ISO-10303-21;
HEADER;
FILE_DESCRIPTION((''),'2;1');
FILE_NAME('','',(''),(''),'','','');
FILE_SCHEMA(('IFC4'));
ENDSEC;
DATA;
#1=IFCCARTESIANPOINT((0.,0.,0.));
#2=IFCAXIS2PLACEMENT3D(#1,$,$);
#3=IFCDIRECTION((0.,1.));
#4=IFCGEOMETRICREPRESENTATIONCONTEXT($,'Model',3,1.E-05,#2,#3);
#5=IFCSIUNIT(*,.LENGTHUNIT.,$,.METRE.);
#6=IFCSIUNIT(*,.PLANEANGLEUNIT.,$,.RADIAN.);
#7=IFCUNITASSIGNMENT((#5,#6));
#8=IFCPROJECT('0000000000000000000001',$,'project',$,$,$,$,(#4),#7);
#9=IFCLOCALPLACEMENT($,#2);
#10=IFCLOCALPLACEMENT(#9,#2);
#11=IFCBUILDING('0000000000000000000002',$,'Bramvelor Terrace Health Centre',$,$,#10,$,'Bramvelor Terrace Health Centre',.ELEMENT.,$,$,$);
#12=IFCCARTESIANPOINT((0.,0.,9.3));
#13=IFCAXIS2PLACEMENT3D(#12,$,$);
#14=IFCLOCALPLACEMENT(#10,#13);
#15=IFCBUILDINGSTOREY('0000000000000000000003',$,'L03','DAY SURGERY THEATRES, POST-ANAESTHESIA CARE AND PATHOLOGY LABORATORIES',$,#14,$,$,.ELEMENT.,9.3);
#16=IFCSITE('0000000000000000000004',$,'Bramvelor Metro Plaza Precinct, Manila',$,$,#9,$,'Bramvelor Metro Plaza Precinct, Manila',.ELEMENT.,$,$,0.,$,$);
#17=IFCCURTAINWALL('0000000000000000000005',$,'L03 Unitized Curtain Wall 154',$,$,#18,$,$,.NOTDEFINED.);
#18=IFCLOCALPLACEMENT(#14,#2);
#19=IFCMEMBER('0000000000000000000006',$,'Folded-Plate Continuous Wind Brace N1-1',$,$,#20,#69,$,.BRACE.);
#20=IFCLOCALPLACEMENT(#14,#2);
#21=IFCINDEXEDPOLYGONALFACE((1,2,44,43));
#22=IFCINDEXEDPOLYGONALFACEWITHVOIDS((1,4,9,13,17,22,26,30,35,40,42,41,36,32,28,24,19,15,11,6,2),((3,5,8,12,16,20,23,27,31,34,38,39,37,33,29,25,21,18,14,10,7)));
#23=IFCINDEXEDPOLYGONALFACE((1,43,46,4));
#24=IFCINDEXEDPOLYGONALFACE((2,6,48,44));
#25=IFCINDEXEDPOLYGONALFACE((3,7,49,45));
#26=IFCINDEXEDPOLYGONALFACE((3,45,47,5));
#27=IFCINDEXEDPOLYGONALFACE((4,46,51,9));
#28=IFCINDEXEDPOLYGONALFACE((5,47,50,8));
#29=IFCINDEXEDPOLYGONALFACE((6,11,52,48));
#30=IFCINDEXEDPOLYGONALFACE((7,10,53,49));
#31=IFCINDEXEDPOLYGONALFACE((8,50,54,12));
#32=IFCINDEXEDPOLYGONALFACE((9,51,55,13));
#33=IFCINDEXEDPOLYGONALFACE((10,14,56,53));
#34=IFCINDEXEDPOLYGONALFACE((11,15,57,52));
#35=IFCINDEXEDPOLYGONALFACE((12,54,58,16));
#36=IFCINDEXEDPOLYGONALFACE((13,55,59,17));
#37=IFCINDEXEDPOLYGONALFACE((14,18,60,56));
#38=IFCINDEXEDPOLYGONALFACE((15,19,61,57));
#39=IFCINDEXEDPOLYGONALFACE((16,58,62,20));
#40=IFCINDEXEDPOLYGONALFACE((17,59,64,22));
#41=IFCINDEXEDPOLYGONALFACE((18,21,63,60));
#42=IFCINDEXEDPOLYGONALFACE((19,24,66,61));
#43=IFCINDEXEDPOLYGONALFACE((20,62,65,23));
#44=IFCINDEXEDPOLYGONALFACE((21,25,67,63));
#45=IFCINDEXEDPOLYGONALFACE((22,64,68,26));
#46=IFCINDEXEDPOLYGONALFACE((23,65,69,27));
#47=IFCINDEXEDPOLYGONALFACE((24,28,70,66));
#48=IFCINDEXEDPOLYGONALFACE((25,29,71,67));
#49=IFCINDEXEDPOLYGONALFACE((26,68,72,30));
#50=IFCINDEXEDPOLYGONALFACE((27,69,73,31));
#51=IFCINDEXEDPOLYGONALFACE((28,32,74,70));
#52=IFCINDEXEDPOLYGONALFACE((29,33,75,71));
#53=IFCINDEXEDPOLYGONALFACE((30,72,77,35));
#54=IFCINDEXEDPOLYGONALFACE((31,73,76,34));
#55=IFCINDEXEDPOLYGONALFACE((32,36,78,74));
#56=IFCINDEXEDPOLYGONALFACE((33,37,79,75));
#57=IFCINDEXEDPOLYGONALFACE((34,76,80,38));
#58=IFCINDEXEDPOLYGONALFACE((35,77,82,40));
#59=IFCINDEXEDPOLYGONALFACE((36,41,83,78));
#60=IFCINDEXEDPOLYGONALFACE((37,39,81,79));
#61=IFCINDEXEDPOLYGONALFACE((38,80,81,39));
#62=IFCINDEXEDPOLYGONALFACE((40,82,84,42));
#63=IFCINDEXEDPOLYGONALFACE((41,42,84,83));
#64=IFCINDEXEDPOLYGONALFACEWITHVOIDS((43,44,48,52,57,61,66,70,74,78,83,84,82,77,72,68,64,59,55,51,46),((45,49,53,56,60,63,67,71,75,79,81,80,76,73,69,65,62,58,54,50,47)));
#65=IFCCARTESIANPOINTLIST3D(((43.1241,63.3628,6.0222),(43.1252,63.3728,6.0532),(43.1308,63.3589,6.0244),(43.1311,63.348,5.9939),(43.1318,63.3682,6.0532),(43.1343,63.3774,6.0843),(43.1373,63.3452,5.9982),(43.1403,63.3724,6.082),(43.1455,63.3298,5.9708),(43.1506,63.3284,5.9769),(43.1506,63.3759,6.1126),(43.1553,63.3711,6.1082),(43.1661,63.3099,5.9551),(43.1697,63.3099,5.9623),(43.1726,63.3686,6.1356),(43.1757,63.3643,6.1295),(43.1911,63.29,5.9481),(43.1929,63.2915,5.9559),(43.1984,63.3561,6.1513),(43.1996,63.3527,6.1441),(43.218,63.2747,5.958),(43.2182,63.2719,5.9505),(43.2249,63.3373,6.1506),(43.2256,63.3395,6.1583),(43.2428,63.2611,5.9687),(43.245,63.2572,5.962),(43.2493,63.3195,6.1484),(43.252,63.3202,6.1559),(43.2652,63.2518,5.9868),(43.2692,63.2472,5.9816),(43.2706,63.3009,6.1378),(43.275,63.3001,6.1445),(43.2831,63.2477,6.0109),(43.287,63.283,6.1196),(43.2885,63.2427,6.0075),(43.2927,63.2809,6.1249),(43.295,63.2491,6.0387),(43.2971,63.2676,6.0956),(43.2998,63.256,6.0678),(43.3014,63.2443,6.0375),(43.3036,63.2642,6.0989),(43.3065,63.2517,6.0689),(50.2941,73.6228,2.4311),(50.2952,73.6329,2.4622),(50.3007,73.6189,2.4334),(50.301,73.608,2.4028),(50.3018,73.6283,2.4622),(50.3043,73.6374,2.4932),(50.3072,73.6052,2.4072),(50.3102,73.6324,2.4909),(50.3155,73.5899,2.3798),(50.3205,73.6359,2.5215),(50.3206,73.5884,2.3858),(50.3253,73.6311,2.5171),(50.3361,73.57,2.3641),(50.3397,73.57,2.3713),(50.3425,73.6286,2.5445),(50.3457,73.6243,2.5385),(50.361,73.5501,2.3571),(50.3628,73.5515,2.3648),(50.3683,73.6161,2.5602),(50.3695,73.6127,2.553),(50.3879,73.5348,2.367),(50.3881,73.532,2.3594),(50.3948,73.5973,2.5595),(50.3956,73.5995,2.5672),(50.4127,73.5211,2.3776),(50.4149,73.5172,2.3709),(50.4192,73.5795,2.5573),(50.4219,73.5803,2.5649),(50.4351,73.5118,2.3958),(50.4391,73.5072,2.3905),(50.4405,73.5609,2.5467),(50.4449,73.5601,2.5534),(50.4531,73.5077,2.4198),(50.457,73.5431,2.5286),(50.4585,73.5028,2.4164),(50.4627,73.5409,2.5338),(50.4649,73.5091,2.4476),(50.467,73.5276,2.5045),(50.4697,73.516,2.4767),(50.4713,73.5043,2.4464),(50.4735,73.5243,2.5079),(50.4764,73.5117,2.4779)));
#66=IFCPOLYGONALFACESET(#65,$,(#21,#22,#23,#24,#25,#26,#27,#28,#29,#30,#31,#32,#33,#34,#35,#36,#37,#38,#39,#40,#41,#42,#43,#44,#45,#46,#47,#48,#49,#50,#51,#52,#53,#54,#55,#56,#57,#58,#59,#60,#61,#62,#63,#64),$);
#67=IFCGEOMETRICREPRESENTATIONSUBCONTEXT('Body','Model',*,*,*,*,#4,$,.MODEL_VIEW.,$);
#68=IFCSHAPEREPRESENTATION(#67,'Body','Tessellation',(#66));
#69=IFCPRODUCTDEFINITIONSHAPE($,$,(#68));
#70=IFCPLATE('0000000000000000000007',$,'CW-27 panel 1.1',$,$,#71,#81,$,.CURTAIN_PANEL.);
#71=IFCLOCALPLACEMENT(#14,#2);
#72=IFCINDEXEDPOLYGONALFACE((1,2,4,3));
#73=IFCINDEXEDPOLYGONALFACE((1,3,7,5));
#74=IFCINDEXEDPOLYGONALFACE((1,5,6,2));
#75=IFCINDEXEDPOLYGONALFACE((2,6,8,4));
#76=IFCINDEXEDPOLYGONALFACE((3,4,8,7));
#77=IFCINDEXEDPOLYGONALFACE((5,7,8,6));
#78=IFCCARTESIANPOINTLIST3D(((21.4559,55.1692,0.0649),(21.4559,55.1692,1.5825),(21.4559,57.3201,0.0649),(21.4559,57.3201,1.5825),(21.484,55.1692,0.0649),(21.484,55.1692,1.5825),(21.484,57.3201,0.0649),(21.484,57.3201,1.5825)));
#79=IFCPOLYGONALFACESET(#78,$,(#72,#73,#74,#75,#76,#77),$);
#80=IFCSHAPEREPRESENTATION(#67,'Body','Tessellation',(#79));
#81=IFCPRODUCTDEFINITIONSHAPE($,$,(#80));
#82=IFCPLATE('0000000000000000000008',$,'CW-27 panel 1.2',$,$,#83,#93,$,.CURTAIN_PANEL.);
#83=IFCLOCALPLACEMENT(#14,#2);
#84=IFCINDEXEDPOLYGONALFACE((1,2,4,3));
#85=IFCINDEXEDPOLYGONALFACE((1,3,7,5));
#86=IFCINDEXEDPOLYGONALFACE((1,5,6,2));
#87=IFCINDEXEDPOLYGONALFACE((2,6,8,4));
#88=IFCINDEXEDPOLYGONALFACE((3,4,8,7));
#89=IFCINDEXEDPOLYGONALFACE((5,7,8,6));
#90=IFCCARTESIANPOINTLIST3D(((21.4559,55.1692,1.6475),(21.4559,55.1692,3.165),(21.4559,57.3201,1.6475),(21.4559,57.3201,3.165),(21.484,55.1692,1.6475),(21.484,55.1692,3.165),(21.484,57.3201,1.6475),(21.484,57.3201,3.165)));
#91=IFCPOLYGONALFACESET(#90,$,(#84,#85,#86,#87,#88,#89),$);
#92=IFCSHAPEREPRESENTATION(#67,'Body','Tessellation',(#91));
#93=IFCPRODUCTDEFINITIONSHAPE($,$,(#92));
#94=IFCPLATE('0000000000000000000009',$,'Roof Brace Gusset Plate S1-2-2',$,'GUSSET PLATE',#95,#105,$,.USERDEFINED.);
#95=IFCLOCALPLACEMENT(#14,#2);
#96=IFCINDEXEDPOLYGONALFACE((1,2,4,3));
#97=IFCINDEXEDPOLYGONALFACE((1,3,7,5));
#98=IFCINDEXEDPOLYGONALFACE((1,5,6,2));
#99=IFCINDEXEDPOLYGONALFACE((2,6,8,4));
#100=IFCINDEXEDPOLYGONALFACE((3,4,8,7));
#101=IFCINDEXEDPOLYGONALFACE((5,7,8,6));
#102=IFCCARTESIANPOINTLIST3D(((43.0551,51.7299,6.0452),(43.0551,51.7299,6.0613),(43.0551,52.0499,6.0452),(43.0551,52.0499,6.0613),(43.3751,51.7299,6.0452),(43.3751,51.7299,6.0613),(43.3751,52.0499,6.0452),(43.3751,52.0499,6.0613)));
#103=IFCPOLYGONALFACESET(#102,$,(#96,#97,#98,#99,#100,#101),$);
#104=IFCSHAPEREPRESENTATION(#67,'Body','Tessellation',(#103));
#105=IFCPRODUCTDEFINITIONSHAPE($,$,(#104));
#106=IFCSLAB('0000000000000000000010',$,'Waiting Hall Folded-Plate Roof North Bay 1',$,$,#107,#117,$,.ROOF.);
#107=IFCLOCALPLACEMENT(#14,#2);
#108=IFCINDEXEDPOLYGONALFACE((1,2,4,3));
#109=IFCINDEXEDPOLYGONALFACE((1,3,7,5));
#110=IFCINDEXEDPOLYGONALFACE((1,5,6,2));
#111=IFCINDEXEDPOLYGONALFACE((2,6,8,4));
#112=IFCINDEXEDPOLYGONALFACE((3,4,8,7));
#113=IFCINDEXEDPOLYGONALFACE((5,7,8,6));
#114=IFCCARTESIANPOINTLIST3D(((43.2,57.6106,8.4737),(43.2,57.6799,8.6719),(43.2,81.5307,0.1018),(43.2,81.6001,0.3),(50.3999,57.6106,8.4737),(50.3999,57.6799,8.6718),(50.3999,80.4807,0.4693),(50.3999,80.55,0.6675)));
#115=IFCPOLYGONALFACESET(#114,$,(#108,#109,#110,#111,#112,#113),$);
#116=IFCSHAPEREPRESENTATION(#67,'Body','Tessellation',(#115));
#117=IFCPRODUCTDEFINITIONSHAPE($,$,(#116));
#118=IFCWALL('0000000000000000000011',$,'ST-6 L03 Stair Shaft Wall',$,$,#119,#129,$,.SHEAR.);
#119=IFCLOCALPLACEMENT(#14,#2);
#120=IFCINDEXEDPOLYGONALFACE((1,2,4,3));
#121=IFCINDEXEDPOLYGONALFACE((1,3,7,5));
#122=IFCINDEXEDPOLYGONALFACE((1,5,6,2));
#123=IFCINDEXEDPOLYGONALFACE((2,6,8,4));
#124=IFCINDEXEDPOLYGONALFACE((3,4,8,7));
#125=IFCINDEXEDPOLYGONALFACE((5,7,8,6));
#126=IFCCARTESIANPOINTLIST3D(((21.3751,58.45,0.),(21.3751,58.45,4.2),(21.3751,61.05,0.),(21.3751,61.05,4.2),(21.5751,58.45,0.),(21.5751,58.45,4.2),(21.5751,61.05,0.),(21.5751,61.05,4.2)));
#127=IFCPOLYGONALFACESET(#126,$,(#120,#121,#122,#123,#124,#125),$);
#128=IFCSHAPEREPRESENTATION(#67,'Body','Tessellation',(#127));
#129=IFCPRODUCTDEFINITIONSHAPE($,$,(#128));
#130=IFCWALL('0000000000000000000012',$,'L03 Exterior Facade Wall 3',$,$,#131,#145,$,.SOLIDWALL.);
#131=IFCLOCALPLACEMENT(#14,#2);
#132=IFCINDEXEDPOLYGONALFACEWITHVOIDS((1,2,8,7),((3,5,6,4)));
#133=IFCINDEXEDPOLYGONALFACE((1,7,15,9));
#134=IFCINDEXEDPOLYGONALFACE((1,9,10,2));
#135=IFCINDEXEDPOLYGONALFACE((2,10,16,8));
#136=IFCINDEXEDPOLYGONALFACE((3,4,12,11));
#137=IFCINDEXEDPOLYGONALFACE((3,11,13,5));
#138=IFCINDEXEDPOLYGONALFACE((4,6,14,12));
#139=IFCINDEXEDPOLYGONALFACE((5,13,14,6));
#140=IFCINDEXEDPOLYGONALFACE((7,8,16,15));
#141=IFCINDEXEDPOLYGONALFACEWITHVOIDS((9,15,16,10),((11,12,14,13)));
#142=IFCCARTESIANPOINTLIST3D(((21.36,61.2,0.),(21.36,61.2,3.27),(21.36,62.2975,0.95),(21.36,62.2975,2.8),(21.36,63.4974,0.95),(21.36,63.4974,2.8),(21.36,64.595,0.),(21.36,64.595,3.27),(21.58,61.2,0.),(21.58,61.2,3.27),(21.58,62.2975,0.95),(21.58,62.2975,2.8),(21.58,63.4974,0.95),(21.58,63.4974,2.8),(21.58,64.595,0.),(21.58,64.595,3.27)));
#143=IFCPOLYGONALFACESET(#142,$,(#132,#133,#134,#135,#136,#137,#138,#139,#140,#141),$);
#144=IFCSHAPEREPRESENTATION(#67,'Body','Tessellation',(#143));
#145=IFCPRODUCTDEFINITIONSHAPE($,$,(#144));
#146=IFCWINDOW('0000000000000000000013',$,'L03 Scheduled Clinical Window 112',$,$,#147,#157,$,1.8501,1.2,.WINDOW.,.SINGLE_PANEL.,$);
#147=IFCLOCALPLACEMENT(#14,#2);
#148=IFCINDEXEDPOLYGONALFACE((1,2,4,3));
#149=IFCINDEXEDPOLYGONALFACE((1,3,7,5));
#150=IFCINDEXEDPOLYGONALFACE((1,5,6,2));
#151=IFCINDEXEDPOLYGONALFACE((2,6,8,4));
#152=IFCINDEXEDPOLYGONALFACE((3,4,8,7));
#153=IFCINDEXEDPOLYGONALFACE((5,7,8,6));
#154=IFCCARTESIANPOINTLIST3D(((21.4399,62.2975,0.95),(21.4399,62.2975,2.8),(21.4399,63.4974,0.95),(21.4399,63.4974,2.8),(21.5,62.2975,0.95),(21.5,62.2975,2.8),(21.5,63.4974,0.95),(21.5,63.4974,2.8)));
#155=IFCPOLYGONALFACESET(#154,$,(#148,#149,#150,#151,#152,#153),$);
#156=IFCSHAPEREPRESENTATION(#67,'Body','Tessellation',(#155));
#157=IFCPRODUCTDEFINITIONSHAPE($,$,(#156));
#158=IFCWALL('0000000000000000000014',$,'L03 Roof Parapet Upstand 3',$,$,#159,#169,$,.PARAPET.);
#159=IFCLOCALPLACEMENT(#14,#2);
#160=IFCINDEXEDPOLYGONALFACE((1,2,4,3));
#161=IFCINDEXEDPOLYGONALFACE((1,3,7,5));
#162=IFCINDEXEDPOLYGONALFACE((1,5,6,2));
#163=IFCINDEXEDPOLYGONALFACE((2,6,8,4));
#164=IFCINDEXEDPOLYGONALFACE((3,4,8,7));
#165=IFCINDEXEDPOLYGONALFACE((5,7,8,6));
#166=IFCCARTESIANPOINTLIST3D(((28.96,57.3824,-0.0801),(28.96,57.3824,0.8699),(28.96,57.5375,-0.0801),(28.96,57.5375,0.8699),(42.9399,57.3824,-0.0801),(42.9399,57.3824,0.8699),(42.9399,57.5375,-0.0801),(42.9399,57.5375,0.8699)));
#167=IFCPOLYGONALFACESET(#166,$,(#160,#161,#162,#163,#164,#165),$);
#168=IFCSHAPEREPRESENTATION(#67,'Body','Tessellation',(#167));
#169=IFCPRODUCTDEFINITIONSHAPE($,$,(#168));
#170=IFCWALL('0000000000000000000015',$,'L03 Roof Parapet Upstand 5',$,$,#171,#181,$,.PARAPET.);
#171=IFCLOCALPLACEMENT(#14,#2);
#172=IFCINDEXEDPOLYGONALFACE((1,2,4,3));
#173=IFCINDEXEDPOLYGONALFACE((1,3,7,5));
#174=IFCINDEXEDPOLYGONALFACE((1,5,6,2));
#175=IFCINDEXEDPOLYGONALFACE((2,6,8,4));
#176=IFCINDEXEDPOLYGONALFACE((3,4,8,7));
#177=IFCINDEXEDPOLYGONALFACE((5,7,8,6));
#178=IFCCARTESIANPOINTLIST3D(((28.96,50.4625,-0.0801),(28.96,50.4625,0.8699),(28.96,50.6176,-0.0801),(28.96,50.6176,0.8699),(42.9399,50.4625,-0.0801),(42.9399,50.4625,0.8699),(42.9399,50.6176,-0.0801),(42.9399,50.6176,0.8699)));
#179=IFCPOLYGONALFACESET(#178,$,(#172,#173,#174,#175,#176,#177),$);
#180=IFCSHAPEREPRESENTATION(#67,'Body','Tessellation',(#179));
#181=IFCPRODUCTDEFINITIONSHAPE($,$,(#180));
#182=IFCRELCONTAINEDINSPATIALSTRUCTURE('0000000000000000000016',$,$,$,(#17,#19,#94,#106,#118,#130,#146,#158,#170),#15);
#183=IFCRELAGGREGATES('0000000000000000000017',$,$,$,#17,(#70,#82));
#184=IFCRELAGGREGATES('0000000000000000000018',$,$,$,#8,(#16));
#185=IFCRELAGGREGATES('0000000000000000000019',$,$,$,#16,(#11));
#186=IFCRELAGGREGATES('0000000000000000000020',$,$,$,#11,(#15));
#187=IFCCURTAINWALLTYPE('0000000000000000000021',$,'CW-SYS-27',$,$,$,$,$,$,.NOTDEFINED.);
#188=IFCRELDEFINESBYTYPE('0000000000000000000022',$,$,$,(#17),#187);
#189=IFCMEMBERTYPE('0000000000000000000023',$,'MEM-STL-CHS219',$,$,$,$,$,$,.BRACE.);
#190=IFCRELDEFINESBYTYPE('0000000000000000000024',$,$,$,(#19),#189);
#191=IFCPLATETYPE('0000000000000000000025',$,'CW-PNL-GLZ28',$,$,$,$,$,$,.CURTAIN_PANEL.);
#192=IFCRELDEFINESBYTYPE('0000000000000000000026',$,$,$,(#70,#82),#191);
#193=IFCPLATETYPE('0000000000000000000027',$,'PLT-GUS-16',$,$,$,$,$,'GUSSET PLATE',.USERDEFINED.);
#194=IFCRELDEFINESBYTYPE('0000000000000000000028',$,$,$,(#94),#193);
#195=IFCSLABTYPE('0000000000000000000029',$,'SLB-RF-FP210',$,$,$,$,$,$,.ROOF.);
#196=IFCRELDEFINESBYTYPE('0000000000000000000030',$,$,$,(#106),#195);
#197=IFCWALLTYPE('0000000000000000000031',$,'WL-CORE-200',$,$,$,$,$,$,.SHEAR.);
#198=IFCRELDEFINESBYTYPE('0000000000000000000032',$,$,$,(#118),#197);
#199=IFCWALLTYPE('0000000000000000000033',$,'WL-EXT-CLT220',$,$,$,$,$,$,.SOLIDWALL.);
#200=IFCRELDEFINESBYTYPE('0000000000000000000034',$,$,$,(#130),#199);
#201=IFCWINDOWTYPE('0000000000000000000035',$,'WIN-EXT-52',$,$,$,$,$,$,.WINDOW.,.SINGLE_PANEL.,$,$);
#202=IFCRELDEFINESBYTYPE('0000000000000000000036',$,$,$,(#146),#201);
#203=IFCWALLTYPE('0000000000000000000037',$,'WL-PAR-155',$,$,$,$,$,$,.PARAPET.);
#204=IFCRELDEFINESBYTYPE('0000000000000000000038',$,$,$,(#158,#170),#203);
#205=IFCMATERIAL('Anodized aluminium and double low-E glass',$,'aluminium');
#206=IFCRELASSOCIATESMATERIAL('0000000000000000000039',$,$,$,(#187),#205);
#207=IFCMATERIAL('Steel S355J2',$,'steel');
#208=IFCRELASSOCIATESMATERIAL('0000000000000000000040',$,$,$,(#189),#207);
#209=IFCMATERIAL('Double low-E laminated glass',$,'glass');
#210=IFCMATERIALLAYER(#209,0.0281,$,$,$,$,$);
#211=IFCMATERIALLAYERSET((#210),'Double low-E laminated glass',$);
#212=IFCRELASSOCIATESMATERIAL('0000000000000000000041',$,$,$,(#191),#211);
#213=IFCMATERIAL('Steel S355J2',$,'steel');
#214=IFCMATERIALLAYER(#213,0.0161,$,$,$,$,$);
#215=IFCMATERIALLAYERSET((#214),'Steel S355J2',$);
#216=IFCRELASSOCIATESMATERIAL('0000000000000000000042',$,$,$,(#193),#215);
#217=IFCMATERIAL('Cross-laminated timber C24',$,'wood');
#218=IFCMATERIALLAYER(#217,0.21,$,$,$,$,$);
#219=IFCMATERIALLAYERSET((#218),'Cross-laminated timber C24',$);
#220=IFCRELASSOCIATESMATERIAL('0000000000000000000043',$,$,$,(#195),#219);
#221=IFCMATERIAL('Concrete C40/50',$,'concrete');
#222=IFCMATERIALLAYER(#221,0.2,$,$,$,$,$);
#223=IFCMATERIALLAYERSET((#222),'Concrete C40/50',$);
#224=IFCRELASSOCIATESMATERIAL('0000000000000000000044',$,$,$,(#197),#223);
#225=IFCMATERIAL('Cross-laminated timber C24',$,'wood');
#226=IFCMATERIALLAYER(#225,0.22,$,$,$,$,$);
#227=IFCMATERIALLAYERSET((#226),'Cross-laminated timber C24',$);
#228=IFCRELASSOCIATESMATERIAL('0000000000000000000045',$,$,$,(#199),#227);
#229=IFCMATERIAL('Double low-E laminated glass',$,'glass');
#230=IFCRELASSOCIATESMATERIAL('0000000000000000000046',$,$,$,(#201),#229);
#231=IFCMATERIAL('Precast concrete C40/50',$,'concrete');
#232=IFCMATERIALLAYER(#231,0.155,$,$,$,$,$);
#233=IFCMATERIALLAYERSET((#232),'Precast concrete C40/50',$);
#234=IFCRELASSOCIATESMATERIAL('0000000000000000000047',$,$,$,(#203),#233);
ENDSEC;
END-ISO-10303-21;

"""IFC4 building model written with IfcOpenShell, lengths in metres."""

from ifc_helpers import new_model, si_unit, direction, frame, frame_2d, origin, origin_2d, place, context, subcontext, project, spatial, polyline, rectangle, hollow_circle, outline, extrude, material, layer, layer_set, material_profile, profile_set, type_object, element, fill, aggregate, save


model = new_model("IFC4")

# Units and contexts
model_context = context("Model", 3, precision=1e-05, world=origin(), true_north=direction((0.0, 1.0)))
body_context = subcontext(model_context, "Body", "Model", "MODEL_VIEW")
ifc_project = project(units=[si_unit("LENGTHUNIT", "METRE"), si_unit("PLANEANGLEUNIT", "RADIAN")], contexts=[model_context])

# Site, building, storey
site_placement = place(None, origin())
site = spatial("IfcSite", under=ifc_project, at=site_placement, Name="Bramvelor Metro Plaza Precinct, Manila", LongName="Bramvelor Metro Plaza Precinct, Manila", CompositionType="ELEMENT", RefElevation=0.0)
building_placement = place(site_placement, origin())
building = spatial("IfcBuilding", under=site, at=building_placement, Name="Bramvelor Terrace Health Centre", LongName="Bramvelor Terrace Health Centre", CompositionType="ELEMENT")
storey_placement = place(building_placement, frame((0.0, 0.0, 9.3)))
storey = spatial("IfcBuildingStorey", under=building, at=storey_placement, Name="L03", Description="DAY SURGERY THEATRES, POST-ANAESTHESIA CARE AND PATHOLOGY LABORATORIES", CompositionType="ELEMENT", Elevation=9.3)

# Curtain wall
ifc_material_1 = material(Name="Anodized aluminium and double low-E glass", Category="aluminium")
curtain_wall_type = type_object("IfcCurtainWallType", Name="CW-SYS-27", PredefinedType="NOTDEFINED", material=ifc_material_1)
curtain_wall_placement = place(storey_placement, origin())
curtain_wall = element("IfcCurtainWall", 1, at=curtain_wall_placement, inside=storey, type_object=curtain_wall_type, Name="L03 Unitized Curtain Wall 154", PredefinedType="NOTDEFINED")

# Member
ifc_material_2 = material(Name="Steel S355J2", Category="steel")
ifc_material_profile_1 = material_profile(ifc_material_2, hollow_circle(Radius=0.1096, WallThickness=0.0081, at=origin_2d()), Name="CHS 219.1x8.0")
ifc_profile_set_1 = profile_set([ifc_material_profile_1], Name="Steel S355J2")
member_type_1 = type_object("IfcMemberType", Name="MEM-STL-CHS219", PredefinedType="BRACE", material=ifc_profile_set_1)
member_1_placement = place(storey_placement, frame((43.2151, 63.3101, 6.0532), z_axis=(0.550603, 0.787901, -0.27577), x_axis=(-0.819685, 0.572814, 0.0)))
element("IfcMember", 2, at=member_1_placement, inside=storey, type_object=member_type_1, Name="Folded-Plate Continuous Wind Brace N1-1", PredefinedType="BRACE", context=body_context, shape_type="SweptSolid", body=[
    extrude(hollow_circle(Radius=0.1096, WallThickness=0.0081, at=origin_2d()), origin(), (0.0, 0.0, 1.0), 13.022),
])

# Plates
ifc_material_3 = material(Name="Double low-E laminated glass", Category="glass")
ifc_layer_1 = layer(ifc_material_3, 0.0281)
ifc_layer_set_1 = layer_set([ifc_layer_1], Name="Double low-E laminated glass")
plate_type_1 = type_object("IfcPlateType", Name="CW-PNL-GLZ28", PredefinedType="CURTAIN_PANEL", material=ifc_layer_set_1)
plate_1_placement = place(storey_placement, frame((21.47, 56.2446, 0.0649), z_axis=(0.0, 0.0, 1.0), x_axis=(0.0, -1.0, 0.0)))
plate_1 = element("IfcPlate", 3, at=plate_1_placement, type_object=plate_type_1, Name="CW-27 panel 1.1", PredefinedType="CURTAIN_PANEL", context=body_context, shape_type="SweptSolid", body=[
    extrude(rectangle(XDim=2.1509, YDim=0.0281, at=origin_2d()), origin(), (0.0, 0.0, 1.0), 1.5176),
])
plate_2_placement = place(storey_placement, frame((21.47, 56.2446, 1.6475), z_axis=(0.0, 0.0, 1.0), x_axis=(0.0, -1.0, 0.0)))
plate_2 = element("IfcPlate", 4, at=plate_2_placement, type_object=plate_type_1, Name="CW-27 panel 1.2", PredefinedType="CURTAIN_PANEL", context=body_context, shape_type="SweptSolid", body=[
    extrude(rectangle(XDim=2.1509, YDim=0.0281, at=origin_2d()), origin(), (0.0, 0.0, 1.0), 1.5176),
])
aggregate(curtain_wall, [plate_1, plate_2])
ifc_material_4 = material(Name="Steel S355J2", Category="steel")
ifc_layer_2 = layer(ifc_material_4, 0.0161)
ifc_layer_set_2 = layer_set([ifc_layer_2], Name="Steel S355J2")
plate_type_2 = type_object("IfcPlateType", Name="PLT-GUS-16", ElementType="GUSSET PLATE", PredefinedType="USERDEFINED", material=ifc_layer_set_2)
plate_3_placement = place(storey_placement, frame((43.2151, 51.8899, 6.0452), z_axis=(0.0, 0.0, 1.0), x_axis=(1.0, 0.0, 0.0)))
element("IfcPlate", 5, at=plate_3_placement, inside=storey, type_object=plate_type_2, Name="Roof Brace Gusset Plate S1-2-2", ObjectType="GUSSET PLATE", PredefinedType="USERDEFINED", context=body_context, shape_type="SweptSolid", body=[
    extrude(rectangle(XDim=0.3201, YDim=0.3201, at=origin_2d()), origin(), (0.0, 0.0, 1.0), 0.0161),
])

# Slab
ifc_material_5 = material(Name="Cross-laminated timber C24", Category="wood")
ifc_layer_3 = layer(ifc_material_5, 0.21)
ifc_layer_set_3 = layer_set([ifc_layer_3], Name="Cross-laminated timber C24")
slab_type = type_object("IfcSlabType", Name="SLB-RF-FP210", PredefinedType="ROOF", material=ifc_layer_set_3)
slab_placement = place(storey_placement, frame((43.2, 57.6799, 8.6719), z_axis=(0.000005, 0.330344, 0.943861), x_axis=(1.0, -0.000002, -0.000005)))
element("IfcSlab", 6, at=slab_placement, inside=storey, type_object=slab_type, Name="Waiting Hall Folded-Plate Roof North Bay 1", PredefinedType="ROOF", context=body_context, shape_type="SweptSolid", body=[
    extrude(outline(polyline([(0.0, 0.0), (7.2, 0.0), (7.2, 24.2304), (0.0, 25.3429), (0.0, 0.0)])), origin(), (0.0, 0.0, -1.0), 0.21),
])

# Wall
ifc_material_6 = material(Name="Concrete C40/50", Category="concrete")
ifc_layer_4 = layer(ifc_material_6, 0.2)
ifc_layer_set_4 = layer_set([ifc_layer_4], Name="Concrete C40/50")
wall_type_1 = type_object("IfcWallType", Name="WL-CORE-200", PredefinedType="SHEAR", material=ifc_layer_set_4)
wall_1_placement = place(storey_placement, frame((21.4751, 58.45, 0.0), z_axis=(0.0, 0.0, 1.0), x_axis=(0.0, 1.0, 0.0)))
element("IfcWall", 7, at=wall_1_placement, inside=storey, type_object=wall_type_1, Name="ST-6 L03 Stair Shaft Wall", PredefinedType="SHEAR", context=body_context, shape_type="SweptSolid", body=[
    extrude(rectangle(XDim=2.6001, YDim=0.2, at=frame_2d((1.3, 0.0))), origin(), (0.0, 0.0, 1.0), 4.2),
])

# Wall, opening, window
ifc_material_7 = material(Name="Cross-laminated timber C24", Category="wood")
ifc_layer_5 = layer(ifc_material_7, 0.22)
ifc_layer_set_5 = layer_set([ifc_layer_5], Name="Cross-laminated timber C24")
wall_type_2 = type_object("IfcWallType", Name="WL-EXT-CLT220", PredefinedType="SOLIDWALL", material=ifc_layer_set_5)
wall_2_placement = place(storey_placement, frame((21.47, 64.595, 0.0), z_axis=(0.0, 0.0, 1.0), x_axis=(0.0, -1.0, 0.0)))
wall_2 = element("IfcWall", 8, at=wall_2_placement, inside=storey, type_object=wall_type_2, Name="L03 Exterior Facade Wall 3", PredefinedType="SOLIDWALL", context=body_context, shape_type="SweptSolid", body=[
    extrude(rectangle(XDim=3.395, YDim=0.22, at=frame_2d((1.6975, 0.0))), origin(), (0.0, 0.0, 1.0), 3.27),
])
opening_placement = place(wall_2_placement, frame((1.0974, 0.0, 0.95)))
opening = element("IfcOpeningElement", 9, at=opening_placement, cuts=wall_2, PredefinedType="OPENING", context=body_context, shape_type="SweptSolid", body=[
    extrude(rectangle(XDim=1.2, YDim=1.8501, at=frame_2d((0.6001, 0.925))), frame((0.0, 0.1199, 0.0), z_axis=(0.0, -1.0, 0.0), x_axis=(1.0, 0.0, 0.0)), (0.0, 0.0, 1.0), 0.24),
])
ifc_material_8 = material(Name="Double low-E laminated glass", Category="glass")
window_type = type_object("IfcWindowType", Name="WIN-EXT-52", PartitioningType="SINGLE_PANEL", PredefinedType="WINDOW", material=ifc_material_8)
window_placement = place(opening_placement, origin())
window = element("IfcWindow", 10, at=window_placement, inside=storey, type_object=window_type, Name="L03 Scheduled Clinical Window 112", OverallHeight=1.8501, OverallWidth=1.2, PartitioningType="SINGLE_PANEL", PredefinedType="WINDOW", context=body_context, shape_type="SweptSolid", body=[
    extrude(rectangle(XDim=1.2, YDim=1.8501, at=frame_2d((0.6001, 0.925))), frame((0.0, 0.03, 0.0), z_axis=(0.0, -1.0, 0.0), x_axis=(1.0, 0.0, 0.0)), (0.0, 0.0, 1.0), 0.0601),
])
fill(opening, window)

# Walls
ifc_material_9 = material(Name="Precast concrete C40/50", Category="concrete")
ifc_layer_6 = layer(ifc_material_9, 0.155)
ifc_layer_set_6 = layer_set([ifc_layer_6], Name="Precast concrete C40/50")
wall_type_3 = type_object("IfcWallType", Name="WL-PAR-155", PredefinedType="PARAPET", material=ifc_layer_set_6)
for number, where, z_axis, x_axis, name in (
    (11, (28.96, 57.46, -0.0801), (0.0, 0.0, 1.0), (1.0, 0.0, 0.0), "L03 Roof Parapet Upstand 3"),
    (12, (42.9399, 50.54, -0.0801), (0.0, 0.0, 1.0), (-1.0, 0.0, 0.0), "L03 Roof Parapet Upstand 5"),
):
    element("IfcWall", number, at=place(storey_placement, frame(where, z_axis=z_axis, x_axis=x_axis)), inside=storey, type_object=wall_type_3, Name=name, PredefinedType="PARAPET", context=body_context, shape_type="SweptSolid", body=[
        extrude(rectangle(XDim=13.98, YDim=0.155, at=frame_2d((6.99, 0.0))), origin(), (0.0, 0.0, 1.0), 0.95),
    ])

save(model, "model.ifc")
